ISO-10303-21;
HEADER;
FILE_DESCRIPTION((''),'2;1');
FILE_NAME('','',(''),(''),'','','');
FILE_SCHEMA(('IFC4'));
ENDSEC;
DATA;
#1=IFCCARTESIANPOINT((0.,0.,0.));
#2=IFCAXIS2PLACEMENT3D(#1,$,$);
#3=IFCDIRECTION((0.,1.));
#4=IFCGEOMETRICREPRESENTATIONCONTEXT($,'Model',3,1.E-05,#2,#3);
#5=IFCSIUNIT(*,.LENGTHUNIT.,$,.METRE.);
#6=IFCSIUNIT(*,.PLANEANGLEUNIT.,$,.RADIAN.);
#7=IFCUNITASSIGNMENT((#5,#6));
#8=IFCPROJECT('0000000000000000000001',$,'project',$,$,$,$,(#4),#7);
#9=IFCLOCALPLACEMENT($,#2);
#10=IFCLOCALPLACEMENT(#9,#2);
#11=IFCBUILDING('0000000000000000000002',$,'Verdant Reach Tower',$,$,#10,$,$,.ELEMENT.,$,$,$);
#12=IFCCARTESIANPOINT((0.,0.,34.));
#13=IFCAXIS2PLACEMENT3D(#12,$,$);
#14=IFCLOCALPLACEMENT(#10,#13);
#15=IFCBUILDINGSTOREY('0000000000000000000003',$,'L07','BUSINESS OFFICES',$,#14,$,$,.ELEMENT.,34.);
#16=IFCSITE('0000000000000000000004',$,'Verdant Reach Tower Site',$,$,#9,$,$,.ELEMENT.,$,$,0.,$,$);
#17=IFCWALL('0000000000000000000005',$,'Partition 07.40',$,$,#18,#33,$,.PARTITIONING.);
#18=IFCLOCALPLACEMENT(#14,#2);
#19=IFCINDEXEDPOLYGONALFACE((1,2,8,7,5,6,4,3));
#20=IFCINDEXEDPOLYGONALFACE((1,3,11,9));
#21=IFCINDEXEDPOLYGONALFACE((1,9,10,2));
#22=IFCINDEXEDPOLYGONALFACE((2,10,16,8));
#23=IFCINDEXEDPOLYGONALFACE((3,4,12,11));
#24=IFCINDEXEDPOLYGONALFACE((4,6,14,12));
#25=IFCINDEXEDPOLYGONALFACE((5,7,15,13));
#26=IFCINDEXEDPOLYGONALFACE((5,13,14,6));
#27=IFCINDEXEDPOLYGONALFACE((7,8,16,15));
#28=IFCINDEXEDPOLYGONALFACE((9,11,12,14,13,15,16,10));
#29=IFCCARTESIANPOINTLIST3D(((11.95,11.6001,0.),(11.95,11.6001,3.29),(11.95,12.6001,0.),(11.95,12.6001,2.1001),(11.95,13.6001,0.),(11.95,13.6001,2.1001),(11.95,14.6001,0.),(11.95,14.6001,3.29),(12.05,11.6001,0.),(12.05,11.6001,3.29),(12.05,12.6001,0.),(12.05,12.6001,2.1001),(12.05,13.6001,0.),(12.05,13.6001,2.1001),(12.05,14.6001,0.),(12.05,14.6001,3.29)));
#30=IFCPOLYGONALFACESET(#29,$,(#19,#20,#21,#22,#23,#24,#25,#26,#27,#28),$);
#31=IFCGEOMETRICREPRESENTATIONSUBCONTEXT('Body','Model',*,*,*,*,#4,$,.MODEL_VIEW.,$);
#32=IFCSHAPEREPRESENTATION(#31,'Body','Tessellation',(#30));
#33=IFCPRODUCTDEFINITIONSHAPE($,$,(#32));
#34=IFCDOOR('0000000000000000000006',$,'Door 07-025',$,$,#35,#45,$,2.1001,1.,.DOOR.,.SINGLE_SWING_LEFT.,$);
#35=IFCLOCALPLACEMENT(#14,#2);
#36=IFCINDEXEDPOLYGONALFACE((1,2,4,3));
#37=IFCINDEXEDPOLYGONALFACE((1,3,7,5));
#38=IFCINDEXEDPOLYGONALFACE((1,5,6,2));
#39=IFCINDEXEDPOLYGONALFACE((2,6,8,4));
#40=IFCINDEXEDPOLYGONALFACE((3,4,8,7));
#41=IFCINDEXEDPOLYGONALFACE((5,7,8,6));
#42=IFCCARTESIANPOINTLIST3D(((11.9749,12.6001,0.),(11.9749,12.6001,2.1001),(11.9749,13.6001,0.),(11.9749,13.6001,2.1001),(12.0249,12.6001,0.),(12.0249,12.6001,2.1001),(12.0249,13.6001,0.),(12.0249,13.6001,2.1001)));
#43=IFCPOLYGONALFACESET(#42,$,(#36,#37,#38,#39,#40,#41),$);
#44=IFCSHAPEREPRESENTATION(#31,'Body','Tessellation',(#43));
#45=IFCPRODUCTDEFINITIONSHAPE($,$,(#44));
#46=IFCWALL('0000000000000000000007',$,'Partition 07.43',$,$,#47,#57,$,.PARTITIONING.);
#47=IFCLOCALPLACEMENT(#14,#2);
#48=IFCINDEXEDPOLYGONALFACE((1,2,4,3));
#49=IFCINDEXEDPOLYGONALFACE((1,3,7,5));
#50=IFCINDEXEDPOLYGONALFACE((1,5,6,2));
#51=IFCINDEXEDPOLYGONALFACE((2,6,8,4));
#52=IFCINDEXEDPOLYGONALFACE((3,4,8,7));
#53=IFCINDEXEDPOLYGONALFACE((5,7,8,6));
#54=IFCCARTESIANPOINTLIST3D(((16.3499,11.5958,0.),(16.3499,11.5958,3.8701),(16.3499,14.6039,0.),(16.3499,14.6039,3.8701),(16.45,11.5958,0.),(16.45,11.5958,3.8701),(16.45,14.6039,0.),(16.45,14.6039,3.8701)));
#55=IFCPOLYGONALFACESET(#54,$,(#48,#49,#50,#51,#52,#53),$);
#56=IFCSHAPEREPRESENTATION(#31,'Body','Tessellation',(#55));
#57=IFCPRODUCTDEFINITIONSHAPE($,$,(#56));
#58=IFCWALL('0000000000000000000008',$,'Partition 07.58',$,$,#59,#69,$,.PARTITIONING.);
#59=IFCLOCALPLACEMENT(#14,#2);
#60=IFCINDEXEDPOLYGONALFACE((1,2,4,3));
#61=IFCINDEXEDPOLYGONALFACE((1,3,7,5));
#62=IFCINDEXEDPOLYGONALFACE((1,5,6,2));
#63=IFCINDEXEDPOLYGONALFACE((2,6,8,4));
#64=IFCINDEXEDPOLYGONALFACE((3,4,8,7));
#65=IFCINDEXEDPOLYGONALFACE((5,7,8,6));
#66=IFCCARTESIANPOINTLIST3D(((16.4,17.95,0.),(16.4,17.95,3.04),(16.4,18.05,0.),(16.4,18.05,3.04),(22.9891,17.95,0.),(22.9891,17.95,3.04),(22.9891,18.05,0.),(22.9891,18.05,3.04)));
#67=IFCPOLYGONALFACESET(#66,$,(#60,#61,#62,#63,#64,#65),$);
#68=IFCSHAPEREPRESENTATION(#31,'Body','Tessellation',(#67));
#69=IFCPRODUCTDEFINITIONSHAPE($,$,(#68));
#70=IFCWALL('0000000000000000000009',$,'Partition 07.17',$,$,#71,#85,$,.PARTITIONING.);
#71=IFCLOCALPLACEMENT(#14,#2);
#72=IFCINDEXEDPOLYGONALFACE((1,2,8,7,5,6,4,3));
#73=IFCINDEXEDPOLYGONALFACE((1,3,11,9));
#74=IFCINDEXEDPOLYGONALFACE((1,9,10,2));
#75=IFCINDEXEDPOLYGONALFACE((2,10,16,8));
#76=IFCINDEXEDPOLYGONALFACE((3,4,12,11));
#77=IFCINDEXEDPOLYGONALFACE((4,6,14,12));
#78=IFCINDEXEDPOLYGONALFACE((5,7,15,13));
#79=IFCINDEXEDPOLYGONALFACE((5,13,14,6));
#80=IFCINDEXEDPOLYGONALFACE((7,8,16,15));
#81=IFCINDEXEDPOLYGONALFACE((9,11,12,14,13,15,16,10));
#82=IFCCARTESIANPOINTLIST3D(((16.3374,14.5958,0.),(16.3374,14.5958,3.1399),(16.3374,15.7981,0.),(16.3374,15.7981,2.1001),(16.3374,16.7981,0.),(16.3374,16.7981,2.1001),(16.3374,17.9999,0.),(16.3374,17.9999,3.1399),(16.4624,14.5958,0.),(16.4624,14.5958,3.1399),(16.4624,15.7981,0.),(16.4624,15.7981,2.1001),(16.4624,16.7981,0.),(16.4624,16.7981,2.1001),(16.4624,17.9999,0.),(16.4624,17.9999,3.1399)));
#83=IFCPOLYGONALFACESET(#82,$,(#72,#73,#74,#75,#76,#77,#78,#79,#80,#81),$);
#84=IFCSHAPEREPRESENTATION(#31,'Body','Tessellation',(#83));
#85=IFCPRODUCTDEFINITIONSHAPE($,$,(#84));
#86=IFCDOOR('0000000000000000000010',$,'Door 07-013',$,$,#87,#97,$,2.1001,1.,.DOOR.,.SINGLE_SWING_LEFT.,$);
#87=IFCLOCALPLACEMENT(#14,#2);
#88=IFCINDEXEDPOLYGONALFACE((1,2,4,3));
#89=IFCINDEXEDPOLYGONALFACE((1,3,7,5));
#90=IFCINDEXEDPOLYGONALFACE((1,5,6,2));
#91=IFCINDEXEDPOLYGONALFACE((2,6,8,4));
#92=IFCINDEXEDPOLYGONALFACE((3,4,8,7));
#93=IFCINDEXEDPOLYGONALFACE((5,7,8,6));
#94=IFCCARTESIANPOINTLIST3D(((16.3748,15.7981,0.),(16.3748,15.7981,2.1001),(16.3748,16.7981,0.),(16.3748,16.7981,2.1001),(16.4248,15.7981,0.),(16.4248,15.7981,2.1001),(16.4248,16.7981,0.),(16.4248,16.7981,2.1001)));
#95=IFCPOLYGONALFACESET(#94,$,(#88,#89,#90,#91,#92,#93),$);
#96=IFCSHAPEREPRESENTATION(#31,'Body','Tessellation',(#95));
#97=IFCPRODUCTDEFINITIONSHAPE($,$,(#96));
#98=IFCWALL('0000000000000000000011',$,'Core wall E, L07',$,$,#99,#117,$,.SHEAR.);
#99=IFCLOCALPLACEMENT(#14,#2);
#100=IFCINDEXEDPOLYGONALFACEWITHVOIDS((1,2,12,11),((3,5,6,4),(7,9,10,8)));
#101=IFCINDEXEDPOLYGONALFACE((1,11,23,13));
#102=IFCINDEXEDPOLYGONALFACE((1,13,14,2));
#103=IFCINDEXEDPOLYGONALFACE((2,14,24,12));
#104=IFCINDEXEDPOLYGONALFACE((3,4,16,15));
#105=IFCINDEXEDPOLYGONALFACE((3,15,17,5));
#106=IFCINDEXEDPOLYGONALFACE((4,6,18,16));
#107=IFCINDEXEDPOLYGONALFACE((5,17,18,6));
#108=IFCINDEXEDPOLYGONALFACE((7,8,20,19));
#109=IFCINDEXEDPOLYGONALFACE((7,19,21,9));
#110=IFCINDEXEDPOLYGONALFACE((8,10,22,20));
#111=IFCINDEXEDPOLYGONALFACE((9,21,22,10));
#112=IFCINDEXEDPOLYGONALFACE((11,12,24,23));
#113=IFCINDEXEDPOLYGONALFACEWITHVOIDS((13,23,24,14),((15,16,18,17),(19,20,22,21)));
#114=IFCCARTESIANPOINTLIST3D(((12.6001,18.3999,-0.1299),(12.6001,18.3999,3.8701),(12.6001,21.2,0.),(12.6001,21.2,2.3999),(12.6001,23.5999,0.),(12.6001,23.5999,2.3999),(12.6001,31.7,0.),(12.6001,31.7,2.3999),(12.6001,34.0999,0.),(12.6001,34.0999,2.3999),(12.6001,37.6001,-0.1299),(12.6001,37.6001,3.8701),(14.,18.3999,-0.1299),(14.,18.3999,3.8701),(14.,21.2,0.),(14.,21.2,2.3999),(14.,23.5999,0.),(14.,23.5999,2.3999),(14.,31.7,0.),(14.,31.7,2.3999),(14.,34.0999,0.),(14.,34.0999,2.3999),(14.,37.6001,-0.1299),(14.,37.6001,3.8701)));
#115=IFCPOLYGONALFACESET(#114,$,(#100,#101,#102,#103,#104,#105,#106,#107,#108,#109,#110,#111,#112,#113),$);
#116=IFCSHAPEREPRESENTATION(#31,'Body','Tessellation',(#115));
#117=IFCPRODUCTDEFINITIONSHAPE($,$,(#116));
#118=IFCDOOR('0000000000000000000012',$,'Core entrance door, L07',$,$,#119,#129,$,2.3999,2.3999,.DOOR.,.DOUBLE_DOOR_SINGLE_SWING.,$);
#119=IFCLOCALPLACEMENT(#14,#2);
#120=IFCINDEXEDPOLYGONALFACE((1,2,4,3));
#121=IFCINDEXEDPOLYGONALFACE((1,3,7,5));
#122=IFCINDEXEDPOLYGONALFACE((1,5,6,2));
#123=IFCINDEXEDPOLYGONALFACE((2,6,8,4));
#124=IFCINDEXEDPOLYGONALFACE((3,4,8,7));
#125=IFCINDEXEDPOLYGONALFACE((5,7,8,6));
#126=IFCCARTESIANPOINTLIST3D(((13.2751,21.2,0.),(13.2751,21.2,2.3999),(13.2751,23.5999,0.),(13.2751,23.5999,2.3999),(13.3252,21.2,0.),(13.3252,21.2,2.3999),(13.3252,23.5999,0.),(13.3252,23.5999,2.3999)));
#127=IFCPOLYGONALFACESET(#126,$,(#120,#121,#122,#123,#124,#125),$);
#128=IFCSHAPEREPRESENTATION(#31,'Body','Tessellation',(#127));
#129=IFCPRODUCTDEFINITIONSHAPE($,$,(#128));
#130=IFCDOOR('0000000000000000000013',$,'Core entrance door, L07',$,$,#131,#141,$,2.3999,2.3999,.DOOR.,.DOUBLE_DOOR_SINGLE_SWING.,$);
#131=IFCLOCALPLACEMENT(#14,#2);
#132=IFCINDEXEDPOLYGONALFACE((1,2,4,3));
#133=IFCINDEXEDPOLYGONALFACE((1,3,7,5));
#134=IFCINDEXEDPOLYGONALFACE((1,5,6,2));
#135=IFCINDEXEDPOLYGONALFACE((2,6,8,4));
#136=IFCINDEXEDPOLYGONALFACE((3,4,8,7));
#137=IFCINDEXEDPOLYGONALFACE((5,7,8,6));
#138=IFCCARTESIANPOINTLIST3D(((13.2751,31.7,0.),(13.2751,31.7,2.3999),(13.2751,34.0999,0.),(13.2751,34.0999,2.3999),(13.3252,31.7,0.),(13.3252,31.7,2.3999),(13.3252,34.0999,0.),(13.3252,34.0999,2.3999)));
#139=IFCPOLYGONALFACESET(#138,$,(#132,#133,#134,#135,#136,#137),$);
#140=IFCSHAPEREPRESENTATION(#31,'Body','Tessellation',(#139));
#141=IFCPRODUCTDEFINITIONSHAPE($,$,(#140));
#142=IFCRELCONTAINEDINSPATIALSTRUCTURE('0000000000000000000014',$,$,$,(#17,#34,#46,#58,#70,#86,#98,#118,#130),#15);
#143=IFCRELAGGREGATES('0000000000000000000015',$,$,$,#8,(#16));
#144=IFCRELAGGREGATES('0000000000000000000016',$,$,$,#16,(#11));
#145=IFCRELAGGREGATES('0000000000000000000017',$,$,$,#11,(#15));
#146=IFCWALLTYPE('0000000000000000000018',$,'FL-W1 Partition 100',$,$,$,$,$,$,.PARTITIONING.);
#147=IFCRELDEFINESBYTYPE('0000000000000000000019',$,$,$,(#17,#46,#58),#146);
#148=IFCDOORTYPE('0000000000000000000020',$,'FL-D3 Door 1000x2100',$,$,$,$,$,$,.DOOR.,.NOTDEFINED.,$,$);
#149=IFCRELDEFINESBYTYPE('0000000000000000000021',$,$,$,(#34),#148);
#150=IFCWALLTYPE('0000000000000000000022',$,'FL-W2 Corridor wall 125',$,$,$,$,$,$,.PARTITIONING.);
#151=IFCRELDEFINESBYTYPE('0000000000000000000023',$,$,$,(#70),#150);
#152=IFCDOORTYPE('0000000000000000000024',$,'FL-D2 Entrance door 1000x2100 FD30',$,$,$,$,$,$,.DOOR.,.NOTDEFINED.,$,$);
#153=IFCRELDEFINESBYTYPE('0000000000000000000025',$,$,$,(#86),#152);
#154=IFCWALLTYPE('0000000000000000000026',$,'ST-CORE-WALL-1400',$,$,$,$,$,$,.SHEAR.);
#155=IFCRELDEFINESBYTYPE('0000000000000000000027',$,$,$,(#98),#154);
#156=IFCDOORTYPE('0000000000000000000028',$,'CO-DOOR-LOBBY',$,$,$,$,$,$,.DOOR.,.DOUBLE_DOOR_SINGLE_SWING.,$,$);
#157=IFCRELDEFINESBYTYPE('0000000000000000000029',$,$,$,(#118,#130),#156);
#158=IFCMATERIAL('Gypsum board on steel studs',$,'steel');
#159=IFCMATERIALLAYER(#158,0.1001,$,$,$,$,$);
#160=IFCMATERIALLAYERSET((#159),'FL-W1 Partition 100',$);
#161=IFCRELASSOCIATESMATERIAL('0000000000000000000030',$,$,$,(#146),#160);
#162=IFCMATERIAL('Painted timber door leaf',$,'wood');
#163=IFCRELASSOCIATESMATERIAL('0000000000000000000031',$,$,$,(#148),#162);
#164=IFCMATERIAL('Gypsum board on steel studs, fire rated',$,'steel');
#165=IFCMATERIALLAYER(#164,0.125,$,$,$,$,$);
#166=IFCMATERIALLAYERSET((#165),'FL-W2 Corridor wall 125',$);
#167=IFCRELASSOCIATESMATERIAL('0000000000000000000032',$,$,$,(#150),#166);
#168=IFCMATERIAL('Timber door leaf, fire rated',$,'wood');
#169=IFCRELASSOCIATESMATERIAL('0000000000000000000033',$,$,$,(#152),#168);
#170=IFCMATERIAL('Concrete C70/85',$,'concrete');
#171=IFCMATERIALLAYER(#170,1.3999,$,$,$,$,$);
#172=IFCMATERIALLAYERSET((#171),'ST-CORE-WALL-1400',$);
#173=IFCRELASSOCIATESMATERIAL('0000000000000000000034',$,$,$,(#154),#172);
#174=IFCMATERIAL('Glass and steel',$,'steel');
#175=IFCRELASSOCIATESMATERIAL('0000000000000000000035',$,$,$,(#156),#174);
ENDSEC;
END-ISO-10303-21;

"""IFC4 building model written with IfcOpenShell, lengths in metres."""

from ifc_helpers import new_model, si_unit, direction, frame, frame_2d, origin, place, context, subcontext, project, spatial, rectangle, extrude, material, layer, layer_set, type_object, element, fill, save


model = new_model("IFC4")

# Units and contexts
model_context = context("Model", 3, precision=1e-05, world=origin(), true_north=direction((0.0, 1.0)))
body_context = subcontext(model_context, "Body", "Model", "MODEL_VIEW")
ifc_project = project(units=[si_unit("LENGTHUNIT", "METRE"), si_unit("PLANEANGLEUNIT", "RADIAN")], contexts=[model_context])

# Site, building, storey
site_placement = place(None, origin())
site = spatial("IfcSite", under=ifc_project, at=site_placement, Name="Verdant Reach Tower Site", CompositionType="ELEMENT", RefElevation=0.0)
building_placement = place(site_placement, origin())
building = spatial("IfcBuilding", under=site, at=building_placement, Name="Verdant Reach Tower", CompositionType="ELEMENT")
storey_placement = place(building_placement, frame((0.0, 0.0, 34.0)))
storey = spatial("IfcBuildingStorey", under=building, at=storey_placement, Name="L07", Description="BUSINESS OFFICES", CompositionType="ELEMENT", Elevation=34.0)

# Wall, opening, door
ifc_material_1 = material(Name="Gypsum board on steel studs", Category="steel")
ifc_layer_1 = layer(ifc_material_1, 0.1001)
ifc_layer_set_1 = layer_set([ifc_layer_1], Name="FL-W1 Partition 100")
wall_type_1 = type_object("IfcWallType", Name="FL-W1 Partition 100", PredefinedType="PARTITIONING", material=ifc_layer_set_1)
wall_1_placement = place(storey_placement, frame((12.0, 14.6001, 0.0), z_axis=(0.0, 0.0, 1.0), x_axis=(0.0, -1.0, 0.0)))
wall_1 = element("IfcWall", 1, at=wall_1_placement, inside=storey, type_object=wall_type_1, Name="Partition 07.40", PredefinedType="PARTITIONING", context=body_context, shape_type="SweptSolid", body=[
    extrude(rectangle(XDim=3.0, YDim=0.1001, at=frame_2d((1.5, 0.0))), origin(), (0.0, 0.0, 1.0), 3.29),
])
opening_1_placement = place(wall_1_placement, frame((1.0, 0.0, 0.0)))
opening_1 = element("IfcOpeningElement", 2, at=opening_1_placement, cuts=wall_1, PredefinedType="OPENING", context=body_context, shape_type="SweptSolid", body=[
    extrude(rectangle(XDim=1.0, YDim=2.1001, at=frame_2d((0.5, 1.05))), frame((0.0, 0.0601, 0.0), z_axis=(0.0, -1.0, 0.0), x_axis=(1.0, 0.0, 0.0)), (0.0, 0.0, 1.0), 0.1201),
])
ifc_material_2 = material(Name="Painted timber door leaf", Category="wood")
door_type_1 = type_object("IfcDoorType", Name="FL-D3 Door 1000x2100", OperationType="NOTDEFINED", PredefinedType="DOOR", material=ifc_material_2)
door_1_placement = place(opening_1_placement, origin())
door_1 = element("IfcDoor", 3, at=door_1_placement, inside=storey, type_object=door_type_1, Name="Door 07-025", OperationType="SINGLE_SWING_LEFT", OverallHeight=2.1001, OverallWidth=1.0, PredefinedType="DOOR", context=body_context, shape_type="SweptSolid", body=[
    extrude(rectangle(XDim=1.0, YDim=2.1001, at=frame_2d((0.5, 1.05))), frame((0.0, 0.0249, 0.0), z_axis=(0.0, -1.0, 0.0), x_axis=(1.0, 0.0, 0.0)), (0.0, 0.0, 1.0), 0.05),
])
fill(opening_1, door_1)

# Walls
wall_2_placement = place(storey_placement, frame((16.3999, 11.5959, 0.0), z_axis=(0.0, 0.0, 1.0), x_axis=(0.0, 1.0, 0.0)))
element("IfcWall", 4, at=wall_2_placement, inside=storey, type_object=wall_type_1, Name="Partition 07.43", PredefinedType="PARTITIONING", context=body_context, shape_type="SweptSolid", body=[
    extrude(rectangle(XDim=3.0081, YDim=0.1001, at=frame_2d((1.5039, 0.0))), origin(), (0.0, 0.0, 1.0), 3.8701),
])
wall_3_placement = place(storey_placement, frame((22.989, 18.0, 0.0), z_axis=(0.0, 0.0, 1.0), x_axis=(-1.0, 0.0, 0.0)))
element("IfcWall", 5, at=wall_3_placement, inside=storey, type_object=wall_type_1, Name="Partition 07.58", PredefinedType="PARTITIONING", context=body_context, shape_type="SweptSolid", body=[
    extrude(rectangle(XDim=6.5891, YDim=0.1001, at=frame_2d((3.2944, 0.0))), origin(), (0.0, 0.0, 1.0), 3.04),
])

# Wall, opening, door
ifc_material_3 = material(Name="Gypsum board on steel studs, fire rated", Category="steel")
ifc_layer_2 = layer(ifc_material_3, 0.125)
ifc_layer_set_2 = layer_set([ifc_layer_2], Name="FL-W2 Corridor wall 125")
wall_type_2 = type_object("IfcWallType", Name="FL-W2 Corridor wall 125", PredefinedType="PARTITIONING", material=ifc_layer_set_2)
wall_4_placement = place(storey_placement, frame((16.3999, 18.0, 0.0), z_axis=(0.0, 0.0, 1.0), x_axis=(0.0, -1.0, 0.0)))
wall_4 = element("IfcWall", 6, at=wall_4_placement, inside=storey, type_object=wall_type_2, Name="Partition 07.17", PredefinedType="PARTITIONING", context=body_context, shape_type="SweptSolid", body=[
    extrude(rectangle(XDim=3.4041, YDim=0.125, at=frame_2d((1.7021, 0.0))), origin(), (0.0, 0.0, 1.0), 3.1399),
])
opening_2_placement = place(wall_4_placement, frame((1.2019, 0.0, 0.0)))
opening_2 = element("IfcOpeningElement", 7, at=opening_2_placement, cuts=wall_4, PredefinedType="OPENING", context=body_context, shape_type="SweptSolid", body=[
    extrude(rectangle(XDim=1.0, YDim=2.1001, at=frame_2d((0.5, 1.05))), frame((0.0, 0.0725, 0.0), z_axis=(0.0, -1.0, 0.0), x_axis=(1.0, 0.0, 0.0)), (0.0, 0.0, 1.0), 0.145),
])
ifc_material_4 = material(Name="Timber door leaf, fire rated", Category="wood")
door_type_2 = type_object("IfcDoorType", Name="FL-D2 Entrance door 1000x2100 FD30", OperationType="NOTDEFINED", PredefinedType="DOOR", material=ifc_material_4)
door_2_placement = place(opening_2_placement, origin())
door_2 = element("IfcDoor", 8, at=door_2_placement, inside=storey, type_object=door_type_2, Name="Door 07-013", OperationType="SINGLE_SWING_LEFT", OverallHeight=2.1001, OverallWidth=1.0, PredefinedType="DOOR", context=body_context, shape_type="SweptSolid", body=[
    extrude(rectangle(XDim=1.0, YDim=2.1001, at=frame_2d((0.5, 1.05))), frame((0.0, 0.0249, 0.0), z_axis=(0.0, -1.0, 0.0), x_axis=(1.0, 0.0, 0.0)), (0.0, 0.0, 1.0), 0.05),
])
fill(opening_2, door_2)

# Wall, openings, doors
ifc_material_5 = material(Name="Concrete C70/85", Category="concrete")
ifc_layer_3 = layer(ifc_material_5, 1.3999)
ifc_layer_set_3 = layer_set([ifc_layer_3], Name="ST-CORE-WALL-1400")
wall_type_3 = type_object("IfcWallType", Name="ST-CORE-WALL-1400", PredefinedType="SHEAR", material=ifc_layer_set_3)
wall_5_placement = place(storey_placement, frame((13.3, 18.3999, -0.1299), z_axis=(0.0, 0.0, 1.0), x_axis=(0.0, 1.0, 0.0)))
wall_5 = element("IfcWall", 9, at=wall_5_placement, inside=storey, type_object=wall_type_3, Name="Core wall E, L07", PredefinedType="SHEAR", context=body_context, shape_type="SweptSolid", body=[
    extrude(rectangle(XDim=19.2002, YDim=1.3999, at=frame_2d((9.6001, 0.0))), origin(), (0.0, 0.0, 1.0), 4.0),
])
opening_3_placement = place(wall_5_placement, frame((2.8, 0.0, 0.1299)))
opening_3 = element("IfcOpeningElement", 10, at=opening_3_placement, cuts=wall_5, PredefinedType="OPENING", context=body_context, shape_type="SweptSolid", body=[
    extrude(rectangle(XDim=2.3999, YDim=2.3999, at=frame_2d((1.2, 1.2))), frame((0.0, 0.71, 0.0), z_axis=(0.0, -1.0, 0.0), x_axis=(1.0, 0.0, 0.0)), (0.0, 0.0, 1.0), 1.4199),
])
opening_4_placement = place(wall_5_placement, frame((13.3, 0.0, 0.1299)))
opening_4 = element("IfcOpeningElement", 11, at=opening_4_placement, cuts=wall_5, PredefinedType="OPENING", context=body_context, shape_type="SweptSolid", body=[
    extrude(rectangle(XDim=2.3999, YDim=2.3999, at=frame_2d((1.2, 1.2))), frame((0.0, 0.71, 0.0), z_axis=(0.0, -1.0, 0.0), x_axis=(1.0, 0.0, 0.0)), (0.0, 0.0, 1.0), 1.4199),
])
ifc_material_6 = material(Name="Glass and steel", Category="steel")
door_type_3 = type_object("IfcDoorType", Name="CO-DOOR-LOBBY", OperationType="DOUBLE_DOOR_SINGLE_SWING", PredefinedType="DOOR", material=ifc_material_6)
door_3_placement = place(opening_3_placement, origin())
door_3 = element("IfcDoor", 12, at=door_3_placement, inside=storey, type_object=door_type_3, Name="Core entrance door, L07", OperationType="DOUBLE_DOOR_SINGLE_SWING", OverallHeight=2.3999, OverallWidth=2.3999, PredefinedType="DOOR", context=body_context, shape_type="SweptSolid", body=[
    extrude(rectangle(XDim=2.3999, YDim=2.3999, at=frame_2d((1.2, 1.2))), frame((0.0, 0.0249, 0.0), z_axis=(0.0, -1.0, 0.0), x_axis=(1.0, 0.0, 0.0)), (0.0, 0.0, 1.0), 0.05),
])
fill(opening_3, door_3)
door_4_placement = place(opening_4_placement, origin())
door_4 = element("IfcDoor", 13, at=door_4_placement, inside=storey, type_object=door_type_3, Name="Core entrance door, L07", OperationType="DOUBLE_DOOR_SINGLE_SWING", OverallHeight=2.3999, OverallWidth=2.3999, PredefinedType="DOOR", context=body_context, shape_type="SweptSolid", body=[
    extrude(rectangle(XDim=2.3999, YDim=2.3999, at=frame_2d((1.2, 1.2))), frame((0.0, 0.0249, 0.0), z_axis=(0.0, -1.0, 0.0), x_axis=(1.0, 0.0, 0.0)), (0.0, 0.0, 1.0), 0.05),
])
fill(opening_4, door_4)

save(model, "model.ifc")
